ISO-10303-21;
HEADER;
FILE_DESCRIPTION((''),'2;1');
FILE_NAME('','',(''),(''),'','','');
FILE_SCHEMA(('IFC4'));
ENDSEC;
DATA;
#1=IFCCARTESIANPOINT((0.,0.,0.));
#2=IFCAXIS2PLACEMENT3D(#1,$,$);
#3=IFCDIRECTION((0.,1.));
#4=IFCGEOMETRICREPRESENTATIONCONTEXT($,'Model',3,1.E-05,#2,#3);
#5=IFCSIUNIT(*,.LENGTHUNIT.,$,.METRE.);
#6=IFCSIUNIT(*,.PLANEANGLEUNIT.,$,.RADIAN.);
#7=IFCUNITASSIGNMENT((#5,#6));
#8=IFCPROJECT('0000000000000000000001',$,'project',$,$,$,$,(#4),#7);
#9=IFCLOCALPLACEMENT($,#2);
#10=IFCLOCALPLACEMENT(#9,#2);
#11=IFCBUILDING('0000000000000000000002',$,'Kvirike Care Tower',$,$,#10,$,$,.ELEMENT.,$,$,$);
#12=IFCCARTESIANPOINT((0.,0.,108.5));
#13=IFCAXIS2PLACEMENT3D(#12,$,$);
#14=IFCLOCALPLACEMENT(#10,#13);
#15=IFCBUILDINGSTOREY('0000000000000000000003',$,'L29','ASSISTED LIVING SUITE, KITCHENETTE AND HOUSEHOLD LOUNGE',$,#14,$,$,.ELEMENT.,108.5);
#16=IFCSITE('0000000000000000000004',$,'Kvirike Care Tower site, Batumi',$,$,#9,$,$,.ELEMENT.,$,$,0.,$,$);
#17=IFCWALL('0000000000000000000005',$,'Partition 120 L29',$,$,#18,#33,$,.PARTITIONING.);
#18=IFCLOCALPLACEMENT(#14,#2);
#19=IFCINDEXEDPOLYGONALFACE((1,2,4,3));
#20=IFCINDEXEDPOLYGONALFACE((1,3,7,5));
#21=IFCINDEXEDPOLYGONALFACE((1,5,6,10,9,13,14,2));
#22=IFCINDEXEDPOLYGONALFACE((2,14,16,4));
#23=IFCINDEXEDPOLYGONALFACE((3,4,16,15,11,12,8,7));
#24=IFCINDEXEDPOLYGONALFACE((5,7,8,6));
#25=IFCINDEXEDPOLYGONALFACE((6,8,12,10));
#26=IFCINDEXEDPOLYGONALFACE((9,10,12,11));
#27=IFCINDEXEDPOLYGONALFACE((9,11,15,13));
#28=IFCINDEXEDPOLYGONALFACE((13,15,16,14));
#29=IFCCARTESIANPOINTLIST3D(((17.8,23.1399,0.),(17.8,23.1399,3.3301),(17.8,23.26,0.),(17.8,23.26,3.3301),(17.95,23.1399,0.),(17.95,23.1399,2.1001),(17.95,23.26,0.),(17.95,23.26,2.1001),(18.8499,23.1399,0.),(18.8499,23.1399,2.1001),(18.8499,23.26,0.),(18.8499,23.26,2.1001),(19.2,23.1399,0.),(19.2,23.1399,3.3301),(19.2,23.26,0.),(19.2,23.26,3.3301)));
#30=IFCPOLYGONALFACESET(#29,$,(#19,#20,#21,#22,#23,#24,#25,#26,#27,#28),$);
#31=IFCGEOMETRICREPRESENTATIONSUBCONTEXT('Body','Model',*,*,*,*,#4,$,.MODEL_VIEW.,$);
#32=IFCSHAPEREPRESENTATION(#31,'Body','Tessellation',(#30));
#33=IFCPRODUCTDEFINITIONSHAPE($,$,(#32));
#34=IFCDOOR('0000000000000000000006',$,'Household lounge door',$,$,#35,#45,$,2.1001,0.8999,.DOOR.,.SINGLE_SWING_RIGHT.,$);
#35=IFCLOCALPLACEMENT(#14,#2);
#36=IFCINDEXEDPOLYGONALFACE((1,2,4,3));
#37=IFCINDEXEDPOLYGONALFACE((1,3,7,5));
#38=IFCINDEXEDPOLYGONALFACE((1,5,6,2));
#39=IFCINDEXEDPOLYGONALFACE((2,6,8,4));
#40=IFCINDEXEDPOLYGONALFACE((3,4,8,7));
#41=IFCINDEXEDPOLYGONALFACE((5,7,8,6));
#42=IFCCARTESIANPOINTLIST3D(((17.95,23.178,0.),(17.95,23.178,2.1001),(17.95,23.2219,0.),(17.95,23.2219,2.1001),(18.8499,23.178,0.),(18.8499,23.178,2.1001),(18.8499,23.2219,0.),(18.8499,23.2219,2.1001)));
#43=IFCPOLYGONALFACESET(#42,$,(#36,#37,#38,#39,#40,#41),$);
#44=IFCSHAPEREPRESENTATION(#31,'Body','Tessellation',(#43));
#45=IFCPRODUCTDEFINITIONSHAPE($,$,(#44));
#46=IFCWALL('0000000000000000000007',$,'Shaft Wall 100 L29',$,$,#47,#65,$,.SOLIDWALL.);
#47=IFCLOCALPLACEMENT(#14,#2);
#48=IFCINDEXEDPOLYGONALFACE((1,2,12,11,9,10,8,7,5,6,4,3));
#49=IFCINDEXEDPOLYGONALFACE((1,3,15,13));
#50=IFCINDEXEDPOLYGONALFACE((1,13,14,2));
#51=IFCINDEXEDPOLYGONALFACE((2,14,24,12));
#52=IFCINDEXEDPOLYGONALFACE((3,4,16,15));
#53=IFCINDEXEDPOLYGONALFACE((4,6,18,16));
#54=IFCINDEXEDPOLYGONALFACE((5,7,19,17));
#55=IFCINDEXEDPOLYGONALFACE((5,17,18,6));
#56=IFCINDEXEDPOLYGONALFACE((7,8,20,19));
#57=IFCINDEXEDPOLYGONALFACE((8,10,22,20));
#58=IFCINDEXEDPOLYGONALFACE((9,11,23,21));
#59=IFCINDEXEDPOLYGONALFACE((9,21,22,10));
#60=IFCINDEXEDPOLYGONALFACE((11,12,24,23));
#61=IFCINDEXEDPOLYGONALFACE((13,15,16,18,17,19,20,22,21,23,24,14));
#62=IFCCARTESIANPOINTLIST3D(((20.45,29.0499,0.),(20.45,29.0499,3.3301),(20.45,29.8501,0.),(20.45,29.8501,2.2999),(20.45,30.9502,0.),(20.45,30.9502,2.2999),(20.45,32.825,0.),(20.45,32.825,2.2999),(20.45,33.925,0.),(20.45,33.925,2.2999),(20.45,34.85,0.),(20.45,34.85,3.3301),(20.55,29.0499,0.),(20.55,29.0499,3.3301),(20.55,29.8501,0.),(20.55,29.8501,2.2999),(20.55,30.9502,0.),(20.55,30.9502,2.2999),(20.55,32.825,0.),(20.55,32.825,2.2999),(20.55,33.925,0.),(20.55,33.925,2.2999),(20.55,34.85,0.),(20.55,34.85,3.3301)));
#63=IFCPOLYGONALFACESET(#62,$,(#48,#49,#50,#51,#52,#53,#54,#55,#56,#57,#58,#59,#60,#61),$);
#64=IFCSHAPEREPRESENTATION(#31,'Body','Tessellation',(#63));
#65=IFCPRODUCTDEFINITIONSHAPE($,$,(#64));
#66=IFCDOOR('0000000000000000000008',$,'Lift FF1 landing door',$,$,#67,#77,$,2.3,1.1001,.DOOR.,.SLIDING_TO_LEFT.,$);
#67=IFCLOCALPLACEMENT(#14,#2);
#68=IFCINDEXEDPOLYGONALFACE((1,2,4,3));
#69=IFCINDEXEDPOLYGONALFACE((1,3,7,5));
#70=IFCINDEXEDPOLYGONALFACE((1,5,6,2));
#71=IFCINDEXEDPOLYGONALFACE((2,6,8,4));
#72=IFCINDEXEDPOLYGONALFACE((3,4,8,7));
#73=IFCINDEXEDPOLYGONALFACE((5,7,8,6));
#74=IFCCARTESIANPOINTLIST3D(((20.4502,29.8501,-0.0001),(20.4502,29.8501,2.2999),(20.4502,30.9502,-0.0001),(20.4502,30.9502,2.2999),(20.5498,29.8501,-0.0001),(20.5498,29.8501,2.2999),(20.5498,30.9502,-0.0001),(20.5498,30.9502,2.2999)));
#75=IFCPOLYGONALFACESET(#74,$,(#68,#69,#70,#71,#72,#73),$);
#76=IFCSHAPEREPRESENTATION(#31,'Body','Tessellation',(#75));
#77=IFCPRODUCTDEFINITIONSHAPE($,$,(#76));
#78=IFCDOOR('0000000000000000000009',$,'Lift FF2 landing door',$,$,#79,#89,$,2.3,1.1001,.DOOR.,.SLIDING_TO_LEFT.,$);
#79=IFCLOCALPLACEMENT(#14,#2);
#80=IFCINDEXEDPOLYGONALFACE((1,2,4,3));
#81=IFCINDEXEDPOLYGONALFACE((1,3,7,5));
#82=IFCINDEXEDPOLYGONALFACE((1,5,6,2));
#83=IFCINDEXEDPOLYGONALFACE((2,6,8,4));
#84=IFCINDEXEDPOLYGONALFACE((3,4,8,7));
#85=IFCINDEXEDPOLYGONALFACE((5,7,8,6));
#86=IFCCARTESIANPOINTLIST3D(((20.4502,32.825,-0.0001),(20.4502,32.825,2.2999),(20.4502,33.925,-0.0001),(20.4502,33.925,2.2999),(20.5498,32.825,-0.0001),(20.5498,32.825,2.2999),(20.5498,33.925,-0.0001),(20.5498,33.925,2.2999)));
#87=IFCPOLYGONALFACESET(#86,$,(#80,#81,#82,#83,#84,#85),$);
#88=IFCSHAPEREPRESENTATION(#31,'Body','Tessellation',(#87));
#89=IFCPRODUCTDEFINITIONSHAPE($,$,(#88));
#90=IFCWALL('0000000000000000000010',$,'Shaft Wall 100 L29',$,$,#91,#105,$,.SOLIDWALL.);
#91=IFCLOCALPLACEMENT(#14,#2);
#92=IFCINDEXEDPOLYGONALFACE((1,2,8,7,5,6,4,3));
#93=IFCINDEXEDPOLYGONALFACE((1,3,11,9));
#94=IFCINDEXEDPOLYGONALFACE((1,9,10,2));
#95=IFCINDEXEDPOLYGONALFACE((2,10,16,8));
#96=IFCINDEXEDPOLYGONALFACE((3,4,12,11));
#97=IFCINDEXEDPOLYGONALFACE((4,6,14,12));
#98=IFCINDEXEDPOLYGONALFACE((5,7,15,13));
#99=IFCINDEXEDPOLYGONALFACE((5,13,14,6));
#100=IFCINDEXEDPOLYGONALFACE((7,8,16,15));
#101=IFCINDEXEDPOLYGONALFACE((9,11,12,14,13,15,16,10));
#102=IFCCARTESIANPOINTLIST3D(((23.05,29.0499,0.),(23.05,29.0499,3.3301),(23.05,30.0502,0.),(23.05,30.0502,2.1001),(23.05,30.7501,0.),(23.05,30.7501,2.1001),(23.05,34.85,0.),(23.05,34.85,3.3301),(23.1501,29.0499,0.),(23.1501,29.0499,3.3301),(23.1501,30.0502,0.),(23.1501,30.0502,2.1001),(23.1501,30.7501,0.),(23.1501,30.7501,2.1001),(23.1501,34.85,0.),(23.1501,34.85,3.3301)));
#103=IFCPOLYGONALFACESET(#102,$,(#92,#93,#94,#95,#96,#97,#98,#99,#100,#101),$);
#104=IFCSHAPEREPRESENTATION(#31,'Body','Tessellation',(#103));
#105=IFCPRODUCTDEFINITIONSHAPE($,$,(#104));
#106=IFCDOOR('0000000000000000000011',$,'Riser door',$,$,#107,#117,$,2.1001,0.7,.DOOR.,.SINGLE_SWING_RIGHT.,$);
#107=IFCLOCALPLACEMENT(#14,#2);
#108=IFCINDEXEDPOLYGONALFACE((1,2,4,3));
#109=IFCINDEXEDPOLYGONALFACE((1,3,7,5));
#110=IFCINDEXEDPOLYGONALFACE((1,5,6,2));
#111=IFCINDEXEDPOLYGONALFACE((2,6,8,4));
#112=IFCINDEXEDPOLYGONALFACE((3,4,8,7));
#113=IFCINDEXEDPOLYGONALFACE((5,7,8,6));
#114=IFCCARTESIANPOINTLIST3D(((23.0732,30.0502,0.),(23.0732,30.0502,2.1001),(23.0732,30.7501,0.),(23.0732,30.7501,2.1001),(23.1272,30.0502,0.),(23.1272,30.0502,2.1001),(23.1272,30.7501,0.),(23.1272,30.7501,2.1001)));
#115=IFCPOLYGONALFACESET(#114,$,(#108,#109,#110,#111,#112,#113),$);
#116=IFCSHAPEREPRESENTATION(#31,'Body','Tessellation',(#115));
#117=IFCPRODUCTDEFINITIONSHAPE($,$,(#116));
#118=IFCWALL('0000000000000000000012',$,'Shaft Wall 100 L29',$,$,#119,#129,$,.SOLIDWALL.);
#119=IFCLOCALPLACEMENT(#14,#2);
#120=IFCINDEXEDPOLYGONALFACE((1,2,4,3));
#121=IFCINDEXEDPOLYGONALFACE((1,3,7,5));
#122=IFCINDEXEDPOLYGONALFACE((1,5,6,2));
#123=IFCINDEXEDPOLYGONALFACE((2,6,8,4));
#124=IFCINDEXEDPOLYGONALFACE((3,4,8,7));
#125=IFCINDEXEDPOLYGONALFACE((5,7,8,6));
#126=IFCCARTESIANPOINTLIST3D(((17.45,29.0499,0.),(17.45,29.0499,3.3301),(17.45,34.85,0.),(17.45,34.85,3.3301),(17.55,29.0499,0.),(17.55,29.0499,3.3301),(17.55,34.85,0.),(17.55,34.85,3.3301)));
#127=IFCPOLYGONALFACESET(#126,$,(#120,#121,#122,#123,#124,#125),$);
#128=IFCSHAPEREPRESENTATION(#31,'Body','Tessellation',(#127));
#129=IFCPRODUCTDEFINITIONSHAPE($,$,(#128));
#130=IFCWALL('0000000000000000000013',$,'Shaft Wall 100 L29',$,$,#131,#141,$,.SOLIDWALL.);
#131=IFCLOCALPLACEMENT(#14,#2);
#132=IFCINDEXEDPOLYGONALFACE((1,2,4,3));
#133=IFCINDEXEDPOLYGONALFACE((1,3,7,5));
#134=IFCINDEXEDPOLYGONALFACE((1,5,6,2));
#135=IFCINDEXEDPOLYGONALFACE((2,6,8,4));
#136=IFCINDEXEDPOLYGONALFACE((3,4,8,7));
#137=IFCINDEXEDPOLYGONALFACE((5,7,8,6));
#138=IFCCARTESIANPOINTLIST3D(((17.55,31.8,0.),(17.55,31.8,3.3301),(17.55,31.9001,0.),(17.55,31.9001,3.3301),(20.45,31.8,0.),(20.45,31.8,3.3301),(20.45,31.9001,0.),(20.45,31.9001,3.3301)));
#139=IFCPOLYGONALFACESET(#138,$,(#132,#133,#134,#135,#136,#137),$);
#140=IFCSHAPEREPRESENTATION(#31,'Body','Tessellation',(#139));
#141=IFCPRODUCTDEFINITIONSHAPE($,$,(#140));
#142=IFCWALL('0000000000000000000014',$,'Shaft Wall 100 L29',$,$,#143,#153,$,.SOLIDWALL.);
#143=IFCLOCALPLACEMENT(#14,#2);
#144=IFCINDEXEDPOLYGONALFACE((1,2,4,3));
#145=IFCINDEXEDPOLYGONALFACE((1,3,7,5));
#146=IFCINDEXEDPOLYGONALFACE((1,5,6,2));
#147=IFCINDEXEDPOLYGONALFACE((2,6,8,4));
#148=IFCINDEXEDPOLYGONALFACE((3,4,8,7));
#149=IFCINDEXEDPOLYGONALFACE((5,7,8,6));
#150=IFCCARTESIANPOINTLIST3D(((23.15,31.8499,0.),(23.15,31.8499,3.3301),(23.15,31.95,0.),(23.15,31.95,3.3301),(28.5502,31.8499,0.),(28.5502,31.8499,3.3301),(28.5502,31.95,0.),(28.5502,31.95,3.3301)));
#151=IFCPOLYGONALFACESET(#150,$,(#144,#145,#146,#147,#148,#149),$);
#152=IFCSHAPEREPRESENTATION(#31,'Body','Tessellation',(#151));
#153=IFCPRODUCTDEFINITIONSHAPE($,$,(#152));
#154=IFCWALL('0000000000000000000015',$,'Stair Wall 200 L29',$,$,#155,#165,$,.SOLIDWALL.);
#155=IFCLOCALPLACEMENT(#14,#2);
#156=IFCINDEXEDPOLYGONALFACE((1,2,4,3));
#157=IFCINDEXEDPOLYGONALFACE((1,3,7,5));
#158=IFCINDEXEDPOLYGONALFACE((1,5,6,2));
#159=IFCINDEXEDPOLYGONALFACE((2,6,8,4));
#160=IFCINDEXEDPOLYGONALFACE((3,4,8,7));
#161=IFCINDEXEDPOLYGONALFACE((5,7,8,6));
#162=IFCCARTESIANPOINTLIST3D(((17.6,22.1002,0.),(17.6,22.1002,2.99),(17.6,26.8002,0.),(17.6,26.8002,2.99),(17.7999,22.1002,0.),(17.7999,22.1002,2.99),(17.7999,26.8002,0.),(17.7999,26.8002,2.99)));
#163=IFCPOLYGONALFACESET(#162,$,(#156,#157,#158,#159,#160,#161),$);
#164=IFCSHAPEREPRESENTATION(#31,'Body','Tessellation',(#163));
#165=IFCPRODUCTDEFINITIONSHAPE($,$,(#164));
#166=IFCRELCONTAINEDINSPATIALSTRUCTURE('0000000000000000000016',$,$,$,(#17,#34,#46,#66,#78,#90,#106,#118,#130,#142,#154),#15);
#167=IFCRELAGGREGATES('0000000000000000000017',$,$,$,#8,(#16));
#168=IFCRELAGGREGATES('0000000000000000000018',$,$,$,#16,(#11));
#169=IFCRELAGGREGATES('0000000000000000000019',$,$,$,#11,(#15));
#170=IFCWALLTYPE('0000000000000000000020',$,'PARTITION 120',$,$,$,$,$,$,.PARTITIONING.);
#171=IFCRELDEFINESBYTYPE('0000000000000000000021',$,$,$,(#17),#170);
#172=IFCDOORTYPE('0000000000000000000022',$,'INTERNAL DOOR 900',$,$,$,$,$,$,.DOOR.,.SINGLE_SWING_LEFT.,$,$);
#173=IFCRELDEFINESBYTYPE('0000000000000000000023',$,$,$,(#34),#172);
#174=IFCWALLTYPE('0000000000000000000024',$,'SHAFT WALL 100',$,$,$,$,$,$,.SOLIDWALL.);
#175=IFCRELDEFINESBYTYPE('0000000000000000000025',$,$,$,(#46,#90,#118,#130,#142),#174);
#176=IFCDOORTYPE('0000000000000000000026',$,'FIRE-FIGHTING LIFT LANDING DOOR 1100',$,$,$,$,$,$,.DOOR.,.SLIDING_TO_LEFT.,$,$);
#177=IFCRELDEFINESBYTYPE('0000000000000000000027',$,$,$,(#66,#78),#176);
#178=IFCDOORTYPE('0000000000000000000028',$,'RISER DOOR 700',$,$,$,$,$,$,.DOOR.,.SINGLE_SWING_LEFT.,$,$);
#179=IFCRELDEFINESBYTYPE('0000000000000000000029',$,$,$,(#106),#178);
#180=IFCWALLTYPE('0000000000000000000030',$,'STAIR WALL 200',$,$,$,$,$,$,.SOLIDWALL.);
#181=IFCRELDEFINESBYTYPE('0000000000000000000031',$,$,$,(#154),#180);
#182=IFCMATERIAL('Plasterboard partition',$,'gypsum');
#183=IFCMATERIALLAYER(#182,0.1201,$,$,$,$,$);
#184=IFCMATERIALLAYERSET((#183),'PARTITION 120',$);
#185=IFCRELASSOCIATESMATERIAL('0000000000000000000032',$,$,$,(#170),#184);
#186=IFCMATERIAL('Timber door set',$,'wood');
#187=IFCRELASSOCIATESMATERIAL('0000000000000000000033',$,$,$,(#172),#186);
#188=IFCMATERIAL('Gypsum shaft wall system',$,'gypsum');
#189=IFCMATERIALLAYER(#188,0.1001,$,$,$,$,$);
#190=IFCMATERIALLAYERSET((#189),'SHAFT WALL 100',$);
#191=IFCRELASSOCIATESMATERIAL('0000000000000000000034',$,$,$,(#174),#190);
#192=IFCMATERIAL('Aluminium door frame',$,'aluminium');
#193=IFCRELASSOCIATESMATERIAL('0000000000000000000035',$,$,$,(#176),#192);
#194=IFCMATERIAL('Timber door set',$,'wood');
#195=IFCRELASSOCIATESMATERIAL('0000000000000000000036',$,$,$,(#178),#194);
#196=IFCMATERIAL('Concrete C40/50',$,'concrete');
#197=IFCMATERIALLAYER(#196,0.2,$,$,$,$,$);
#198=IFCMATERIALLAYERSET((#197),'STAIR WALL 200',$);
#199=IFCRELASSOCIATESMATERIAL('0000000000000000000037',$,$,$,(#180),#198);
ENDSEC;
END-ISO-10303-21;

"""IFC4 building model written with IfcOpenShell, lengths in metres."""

from ifc_helpers import new_model, si_unit, direction, frame, frame_2d, origin, place, context, subcontext, project, spatial, rectangle, extrude, material, layer, layer_set, type_object, element, fill, save


model = new_model("IFC4")

# Units and contexts
model_context = context("Model", 3, precision=1e-05, world=origin(), true_north=direction((0.0, 1.0)))
body_context = subcontext(model_context, "Body", "Model", "MODEL_VIEW")
ifc_project = project(units=[si_unit("LENGTHUNIT", "METRE"), si_unit("PLANEANGLEUNIT", "RADIAN")], contexts=[model_context])

# Site, building, storey
site_placement = place(None, origin())
site = spatial("IfcSite", under=ifc_project, at=site_placement, Name="Kvirike Care Tower site, Batumi", CompositionType="ELEMENT", RefElevation=0.0)
building_placement = place(site_placement, origin())
building = spatial("IfcBuilding", under=site, at=building_placement, Name="Kvirike Care Tower", CompositionType="ELEMENT")
storey_placement = place(building_placement, frame((0.0, 0.0, 108.5)))
storey = spatial("IfcBuildingStorey", under=building, at=storey_placement, Name="L29", Description="ASSISTED LIVING SUITE, KITCHENETTE AND HOUSEHOLD LOUNGE", CompositionType="ELEMENT", Elevation=108.5)

# Wall, opening, door
ifc_material_1 = material(Name="Plasterboard partition", Category="gypsum")
ifc_layer_1 = layer(ifc_material_1, 0.1201)
ifc_layer_set_1 = layer_set([ifc_layer_1], Name="PARTITION 120")
wall_type_1 = type_object("IfcWallType", Name="PARTITION 120", PredefinedType="PARTITIONING", material=ifc_layer_set_1)
wall_1_placement = place(storey_placement, frame((17.8, 23.2, 0.0), z_axis=(0.0, 0.0, 1.0), x_axis=(1.0, 0.0, 0.0)))
wall_1 = element("IfcWall", 1, at=wall_1_placement, inside=storey, type_object=wall_type_1, Name="Partition 120 L29", PredefinedType="PARTITIONING", context=body_context, shape_type="SweptSolid", body=[
    extrude(rectangle(XDim=1.3999, YDim=0.1201, at=frame_2d((0.7, 0.0))), origin(), (0.0, 0.0, 1.0), 3.3301),
])
opening_1_placement = place(wall_1_placement, frame((0.1499, 0.0, 0.0)))
opening_1 = element("IfcOpeningElement", 2, at=opening_1_placement, cuts=wall_1, PredefinedType="OPENING", context=body_context, shape_type="SweptSolid", body=[
    extrude(rectangle(XDim=0.8999, YDim=2.1001, at=frame_2d((0.45, 1.05))), frame((0.0, 0.0706, 0.0), z_axis=(0.0, -1.0, 0.0), x_axis=(1.0, 0.0, 0.0)), (0.0, 0.0, 1.0), 0.1411),
])
ifc_material_2 = material(Name="Timber door set", Category="wood")
door_type_1 = type_object("IfcDoorType", Name="INTERNAL DOOR 900", OperationType="SINGLE_SWING_LEFT", PredefinedType="DOOR", material=ifc_material_2)
door_1_placement = place(opening_1_placement, origin())
door_1 = element("IfcDoor", 3, at=door_1_placement, inside=storey, type_object=door_type_1, Name="Household lounge door", OperationType="SINGLE_SWING_RIGHT", OverallHeight=2.1001, OverallWidth=0.8999, PredefinedType="DOOR", context=body_context, shape_type="SweptSolid", body=[
    extrude(rectangle(XDim=0.8999, YDim=2.1001, at=frame_2d((0.45, 1.05))), frame((0.0, 0.022, 0.0), z_axis=(0.0, -1.0, 0.0), x_axis=(1.0, 0.0, 0.0)), (0.0, 0.0, 1.0), 0.0439),
])
fill(opening_1, door_1)

# Wall, openings, doors
ifc_material_3 = material(Name="Gypsum shaft wall system", Category="gypsum")
ifc_layer_2 = layer(ifc_material_3, 0.1001)
ifc_layer_set_2 = layer_set([ifc_layer_2], Name="SHAFT WALL 100")
wall_type_2 = type_object("IfcWallType", Name="SHAFT WALL 100", PredefinedType="SOLIDWALL", material=ifc_layer_set_2)
wall_2_placement = place(storey_placement, frame((20.5, 29.05, 0.0), z_axis=(0.0, 0.0, 1.0), x_axis=(0.0, 1.0, 0.0)))
wall_2 = element("IfcWall", 4, at=wall_2_placement, inside=storey, type_object=wall_type_2, Name="Shaft Wall 100 L29", PredefinedType="SOLIDWALL", context=body_context, shape_type="SweptSolid", body=[
    extrude(rectangle(XDim=5.8, YDim=0.1001, at=frame_2d((2.8999, 0.0))), origin(), (0.0, 0.0, 1.0), 3.3301),
])
opening_2_placement = place(wall_2_placement, frame((0.8, 0.0, 0.0)))
opening_2 = element("IfcOpeningElement", 5, at=opening_2_placement, cuts=wall_2, PredefinedType="OPENING", context=body_context, shape_type="SweptSolid", body=[
    extrude(rectangle(XDim=1.1001, YDim=2.3, at=frame_2d((0.55, 1.1499))), frame((0.0, 0.0605, 0.0), z_axis=(0.0, -1.0, 0.0), x_axis=(1.0, 0.0, 0.0)), (0.0, 0.0, 1.0), 0.1211),
])
opening_3_placement = place(wall_2_placement, frame((3.7749, 0.0, 0.0)))
opening_3 = element("IfcOpeningElement", 6, at=opening_3_placement, cuts=wall_2, PredefinedType="OPENING", context=body_context, shape_type="SweptSolid", body=[
    extrude(rectangle(XDim=1.1001, YDim=2.3, at=frame_2d((0.55, 1.1499))), frame((0.0, 0.0605, 0.0), z_axis=(0.0, -1.0, 0.0), x_axis=(1.0, 0.0, 0.0)), (0.0, 0.0, 1.0), 0.1211),
])
ifc_material_4 = material(Name="Aluminium door frame", Category="aluminium")
door_type_2 = type_object("IfcDoorType", Name="FIRE-FIGHTING LIFT LANDING DOOR 1100", OperationType="SLIDING_TO_LEFT", PredefinedType="DOOR", material=ifc_material_4)
door_2_placement = place(opening_2_placement, origin())
door_2 = element("IfcDoor", 7, at=door_2_placement, inside=storey, type_object=door_type_2, Name="Lift FF1 landing door", OperationType="SLIDING_TO_LEFT", OverallHeight=2.3, OverallWidth=1.1001, PredefinedType="DOOR", context=body_context, shape_type="SweptSolid", body=[
    extrude(rectangle(XDim=1.1001, YDim=2.3, at=frame_2d((0.55, 1.1499))), frame((0.0, 0.0498, 0.0), z_axis=(0.0, -1.0, 0.0), x_axis=(1.0, 0.0, 0.0)), (0.0, 0.0, 1.0), 0.0996),
])
fill(opening_2, door_2)
door_3_placement = place(opening_3_placement, origin())
door_3 = element("IfcDoor", 8, at=door_3_placement, inside=storey, type_object=door_type_2, Name="Lift FF2 landing door", OperationType="SLIDING_TO_LEFT", OverallHeight=2.3, OverallWidth=1.1001, PredefinedType="DOOR", context=body_context, shape_type="SweptSolid", body=[
    extrude(rectangle(XDim=1.1001, YDim=2.3, at=frame_2d((0.55, 1.1499))), frame((0.0, 0.0498, 0.0), z_axis=(0.0, -1.0, 0.0), x_axis=(1.0, 0.0, 0.0)), (0.0, 0.0, 1.0), 0.0996),
])
fill(opening_3, door_3)

# Wall, opening, door
wall_3_placement = place(storey_placement, frame((23.1001, 29.05, 0.0), z_axis=(0.0, 0.0, 1.0), x_axis=(0.0, 1.0, 0.0)))
wall_3 = element("IfcWall", 9, at=wall_3_placement, inside=storey, type_object=wall_type_2, Name="Shaft Wall 100 L29", PredefinedType="SOLIDWALL", context=body_context, shape_type="SweptSolid", body=[
    extrude(rectangle(XDim=5.8, YDim=0.1001, at=frame_2d((2.8999, 0.0))), origin(), (0.0, 0.0, 1.0), 3.3301),
])
opening_4_placement = place(wall_3_placement, frame((1.0, 0.0, 0.0)))
opening_4 = element("IfcOpeningElement", 10, at=opening_4_placement, cuts=wall_3, PredefinedType="OPENING", context=body_context, shape_type="SweptSolid", body=[
    extrude(rectangle(XDim=0.7, YDim=2.1001, at=frame_2d((0.3501, 1.05))), frame((0.0, 0.0605, 0.0), z_axis=(0.0, -1.0, 0.0), x_axis=(1.0, 0.0, 0.0)), (0.0, 0.0, 1.0), 0.1211),
])
ifc_material_5 = material(Name="Timber door set", Category="wood")
door_type_3 = type_object("IfcDoorType", Name="RISER DOOR 700", OperationType="SINGLE_SWING_LEFT", PredefinedType="DOOR", material=ifc_material_5)
door_4_placement = place(opening_4_placement, origin())
door_4 = element("IfcDoor", 11, at=door_4_placement, inside=storey, type_object=door_type_3, Name="Riser door", OperationType="SINGLE_SWING_RIGHT", OverallHeight=2.1001, OverallWidth=0.7, PredefinedType="DOOR", context=body_context, shape_type="SweptSolid", body=[
    extrude(rectangle(XDim=0.7, YDim=2.1001, at=frame_2d((0.3501, 1.05))), frame((0.0, 0.0269, 0.0), z_axis=(0.0, -1.0, 0.0), x_axis=(1.0, 0.0, 0.0)), (0.0, 0.0, 1.0), 0.054),
])
fill(opening_4, door_4)

# Walls
wall_4_placement = place(storey_placement, frame((17.5, 29.05, 0.0), z_axis=(0.0, 0.0, 1.0), x_axis=(0.0, 1.0, 0.0)))
element("IfcWall", 12, at=wall_4_placement, inside=storey, type_object=wall_type_2, Name="Shaft Wall 100 L29", PredefinedType="SOLIDWALL", context=body_context, shape_type="SweptSolid", body=[
    extrude(rectangle(XDim=5.8, YDim=0.1001, at=frame_2d((2.8999, 0.0))), origin(), (0.0, 0.0, 1.0), 3.3301),
])
wall_5_placement = place(storey_placement, frame((17.55, 31.8501, 0.0), z_axis=(0.0, 0.0, 1.0), x_axis=(1.0, 0.0, 0.0)))
element("IfcWall", 13, at=wall_5_placement, inside=storey, type_object=wall_type_2, Name="Shaft Wall 100 L29", PredefinedType="SOLIDWALL", context=body_context, shape_type="SweptSolid", body=[
    extrude(rectangle(XDim=2.8999, YDim=0.1001, at=frame_2d((1.45, 0.0))), origin(), (0.0, 0.0, 1.0), 3.3301),
])
wall_6_placement = place(storey_placement, frame((23.1499, 31.8999, 0.0), z_axis=(0.0, 0.0, 1.0), x_axis=(1.0, 0.0, 0.0)))
element("IfcWall", 14, at=wall_6_placement, inside=storey, type_object=wall_type_2, Name="Shaft Wall 100 L29", PredefinedType="SOLIDWALL", context=body_context, shape_type="SweptSolid", body=[
    extrude(rectangle(XDim=5.4001, YDim=0.1001, at=frame_2d((2.7002, 0.0))), origin(), (0.0, 0.0, 1.0), 3.3301),
])
ifc_material_6 = material(Name="Concrete C40/50", Category="concrete")
ifc_layer_3 = layer(ifc_material_6, 0.2)
ifc_layer_set_3 = layer_set([ifc_layer_3], Name="STAIR WALL 200")
wall_type_3 = type_object("IfcWallType", Name="STAIR WALL 200", PredefinedType="SOLIDWALL", material=ifc_layer_set_3)
wall_7_placement = place(storey_placement, frame((17.7, 22.1001, 0.0), z_axis=(0.0, 0.0, 1.0), x_axis=(0.0, 1.0, 0.0)))
element("IfcWall", 15, at=wall_7_placement, inside=storey, type_object=wall_type_3, Name="Stair Wall 200 L29", PredefinedType="SOLIDWALL", context=body_context, shape_type="SweptSolid", body=[
    extrude(rectangle(XDim=4.7, YDim=0.2, at=frame_2d((2.3501, 0.0))), origin(), (0.0, 0.0, 1.0), 2.99),
])

save(model, "model.ifc")
